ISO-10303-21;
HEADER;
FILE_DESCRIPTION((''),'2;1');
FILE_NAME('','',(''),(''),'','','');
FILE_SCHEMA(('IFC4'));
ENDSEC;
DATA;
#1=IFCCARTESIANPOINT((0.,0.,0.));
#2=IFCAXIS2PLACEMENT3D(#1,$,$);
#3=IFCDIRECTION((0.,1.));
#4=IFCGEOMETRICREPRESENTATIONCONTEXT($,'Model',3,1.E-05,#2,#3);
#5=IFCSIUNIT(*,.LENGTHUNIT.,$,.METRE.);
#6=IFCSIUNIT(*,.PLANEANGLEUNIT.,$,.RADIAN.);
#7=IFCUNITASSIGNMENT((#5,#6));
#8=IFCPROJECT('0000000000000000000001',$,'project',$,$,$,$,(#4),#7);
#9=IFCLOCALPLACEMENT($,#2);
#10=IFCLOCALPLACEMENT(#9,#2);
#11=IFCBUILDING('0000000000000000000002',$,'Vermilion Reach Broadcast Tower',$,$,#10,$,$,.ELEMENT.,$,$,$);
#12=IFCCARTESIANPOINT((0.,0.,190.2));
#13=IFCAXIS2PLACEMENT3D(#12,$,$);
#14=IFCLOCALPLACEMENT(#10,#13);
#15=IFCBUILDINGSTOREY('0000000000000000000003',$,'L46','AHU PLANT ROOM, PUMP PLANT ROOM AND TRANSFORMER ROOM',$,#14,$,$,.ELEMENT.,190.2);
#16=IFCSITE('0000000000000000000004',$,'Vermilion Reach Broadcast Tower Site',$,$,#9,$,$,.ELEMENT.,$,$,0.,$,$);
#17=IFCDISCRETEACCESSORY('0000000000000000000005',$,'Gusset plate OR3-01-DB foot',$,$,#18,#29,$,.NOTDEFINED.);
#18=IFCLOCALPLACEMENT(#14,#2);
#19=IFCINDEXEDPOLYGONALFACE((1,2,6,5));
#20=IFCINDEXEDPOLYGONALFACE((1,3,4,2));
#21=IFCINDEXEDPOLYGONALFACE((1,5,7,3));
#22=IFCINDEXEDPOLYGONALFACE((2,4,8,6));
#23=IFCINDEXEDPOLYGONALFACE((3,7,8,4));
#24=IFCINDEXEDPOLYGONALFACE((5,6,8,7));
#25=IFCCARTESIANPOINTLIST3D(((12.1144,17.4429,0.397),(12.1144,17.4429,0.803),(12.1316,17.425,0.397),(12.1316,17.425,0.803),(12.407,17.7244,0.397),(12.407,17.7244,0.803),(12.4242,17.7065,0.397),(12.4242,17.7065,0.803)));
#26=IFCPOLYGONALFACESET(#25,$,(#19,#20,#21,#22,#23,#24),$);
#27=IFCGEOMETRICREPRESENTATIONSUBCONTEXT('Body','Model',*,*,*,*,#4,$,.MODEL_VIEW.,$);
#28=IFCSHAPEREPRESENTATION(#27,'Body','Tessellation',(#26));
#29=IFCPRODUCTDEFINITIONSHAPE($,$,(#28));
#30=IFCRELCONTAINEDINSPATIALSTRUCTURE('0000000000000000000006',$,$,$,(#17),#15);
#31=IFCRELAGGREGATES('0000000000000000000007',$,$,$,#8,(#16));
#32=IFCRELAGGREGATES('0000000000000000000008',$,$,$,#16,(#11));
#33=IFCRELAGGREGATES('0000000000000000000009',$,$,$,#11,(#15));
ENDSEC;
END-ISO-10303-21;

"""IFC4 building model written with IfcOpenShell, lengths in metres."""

from ifc_helpers import new_model, si_unit, direction, frame, origin, origin_2d, place, context, subcontext, project, spatial, rectangle, extrude, element, save


model = new_model("IFC4")

# Units and contexts
model_context = context("Model", 3, precision=1e-05, world=origin(), true_north=direction((0.0, 1.0)))
body_context = subcontext(model_context, "Body", "Model", "MODEL_VIEW")
ifc_project = project(units=[si_unit("LENGTHUNIT", "METRE"), si_unit("PLANEANGLEUNIT", "RADIAN")], contexts=[model_context])

# Site, building, storey
site_placement = place(None, origin())
site = spatial("IfcSite", under=ifc_project, at=site_placement, Name="Vermilion Reach Broadcast Tower Site", CompositionType="ELEMENT", RefElevation=0.0)
building_placement = place(site_placement, origin())
building = spatial("IfcBuilding", under=site, at=building_placement, Name="Vermilion Reach Broadcast Tower", CompositionType="ELEMENT")
storey_placement = place(building_placement, frame((0.0, 0.0, 190.2)))
storey = spatial("IfcBuildingStorey", under=building, at=storey_placement, Name="L46", Description="AHU PLANT ROOM, PUMP PLANT ROOM AND TRANSFORMER ROOM", CompositionType="ELEMENT", Elevation=190.2)

# Discrete accessory
discrete_accessory_placement = place(storey_placement, frame((12.2693, 17.5747, 0.397), z_axis=(0.0, 0.0, 1.0), x_axis=(-0.693276, 0.720672, 0.0)))
element("IfcDiscreteAccessory", 1, at=discrete_accessory_placement, inside=storey, Name="Gusset plate OR3-01-DB foot", PredefinedType="NOTDEFINED", context=body_context, shape_type="SweptSolid", body=[
    extrude(rectangle(XDim=0.0249, YDim=0.406, at=origin_2d()), origin(), (0.0, 0.0, 1.0), 0.406),
])

save(model, "model.ifc")
